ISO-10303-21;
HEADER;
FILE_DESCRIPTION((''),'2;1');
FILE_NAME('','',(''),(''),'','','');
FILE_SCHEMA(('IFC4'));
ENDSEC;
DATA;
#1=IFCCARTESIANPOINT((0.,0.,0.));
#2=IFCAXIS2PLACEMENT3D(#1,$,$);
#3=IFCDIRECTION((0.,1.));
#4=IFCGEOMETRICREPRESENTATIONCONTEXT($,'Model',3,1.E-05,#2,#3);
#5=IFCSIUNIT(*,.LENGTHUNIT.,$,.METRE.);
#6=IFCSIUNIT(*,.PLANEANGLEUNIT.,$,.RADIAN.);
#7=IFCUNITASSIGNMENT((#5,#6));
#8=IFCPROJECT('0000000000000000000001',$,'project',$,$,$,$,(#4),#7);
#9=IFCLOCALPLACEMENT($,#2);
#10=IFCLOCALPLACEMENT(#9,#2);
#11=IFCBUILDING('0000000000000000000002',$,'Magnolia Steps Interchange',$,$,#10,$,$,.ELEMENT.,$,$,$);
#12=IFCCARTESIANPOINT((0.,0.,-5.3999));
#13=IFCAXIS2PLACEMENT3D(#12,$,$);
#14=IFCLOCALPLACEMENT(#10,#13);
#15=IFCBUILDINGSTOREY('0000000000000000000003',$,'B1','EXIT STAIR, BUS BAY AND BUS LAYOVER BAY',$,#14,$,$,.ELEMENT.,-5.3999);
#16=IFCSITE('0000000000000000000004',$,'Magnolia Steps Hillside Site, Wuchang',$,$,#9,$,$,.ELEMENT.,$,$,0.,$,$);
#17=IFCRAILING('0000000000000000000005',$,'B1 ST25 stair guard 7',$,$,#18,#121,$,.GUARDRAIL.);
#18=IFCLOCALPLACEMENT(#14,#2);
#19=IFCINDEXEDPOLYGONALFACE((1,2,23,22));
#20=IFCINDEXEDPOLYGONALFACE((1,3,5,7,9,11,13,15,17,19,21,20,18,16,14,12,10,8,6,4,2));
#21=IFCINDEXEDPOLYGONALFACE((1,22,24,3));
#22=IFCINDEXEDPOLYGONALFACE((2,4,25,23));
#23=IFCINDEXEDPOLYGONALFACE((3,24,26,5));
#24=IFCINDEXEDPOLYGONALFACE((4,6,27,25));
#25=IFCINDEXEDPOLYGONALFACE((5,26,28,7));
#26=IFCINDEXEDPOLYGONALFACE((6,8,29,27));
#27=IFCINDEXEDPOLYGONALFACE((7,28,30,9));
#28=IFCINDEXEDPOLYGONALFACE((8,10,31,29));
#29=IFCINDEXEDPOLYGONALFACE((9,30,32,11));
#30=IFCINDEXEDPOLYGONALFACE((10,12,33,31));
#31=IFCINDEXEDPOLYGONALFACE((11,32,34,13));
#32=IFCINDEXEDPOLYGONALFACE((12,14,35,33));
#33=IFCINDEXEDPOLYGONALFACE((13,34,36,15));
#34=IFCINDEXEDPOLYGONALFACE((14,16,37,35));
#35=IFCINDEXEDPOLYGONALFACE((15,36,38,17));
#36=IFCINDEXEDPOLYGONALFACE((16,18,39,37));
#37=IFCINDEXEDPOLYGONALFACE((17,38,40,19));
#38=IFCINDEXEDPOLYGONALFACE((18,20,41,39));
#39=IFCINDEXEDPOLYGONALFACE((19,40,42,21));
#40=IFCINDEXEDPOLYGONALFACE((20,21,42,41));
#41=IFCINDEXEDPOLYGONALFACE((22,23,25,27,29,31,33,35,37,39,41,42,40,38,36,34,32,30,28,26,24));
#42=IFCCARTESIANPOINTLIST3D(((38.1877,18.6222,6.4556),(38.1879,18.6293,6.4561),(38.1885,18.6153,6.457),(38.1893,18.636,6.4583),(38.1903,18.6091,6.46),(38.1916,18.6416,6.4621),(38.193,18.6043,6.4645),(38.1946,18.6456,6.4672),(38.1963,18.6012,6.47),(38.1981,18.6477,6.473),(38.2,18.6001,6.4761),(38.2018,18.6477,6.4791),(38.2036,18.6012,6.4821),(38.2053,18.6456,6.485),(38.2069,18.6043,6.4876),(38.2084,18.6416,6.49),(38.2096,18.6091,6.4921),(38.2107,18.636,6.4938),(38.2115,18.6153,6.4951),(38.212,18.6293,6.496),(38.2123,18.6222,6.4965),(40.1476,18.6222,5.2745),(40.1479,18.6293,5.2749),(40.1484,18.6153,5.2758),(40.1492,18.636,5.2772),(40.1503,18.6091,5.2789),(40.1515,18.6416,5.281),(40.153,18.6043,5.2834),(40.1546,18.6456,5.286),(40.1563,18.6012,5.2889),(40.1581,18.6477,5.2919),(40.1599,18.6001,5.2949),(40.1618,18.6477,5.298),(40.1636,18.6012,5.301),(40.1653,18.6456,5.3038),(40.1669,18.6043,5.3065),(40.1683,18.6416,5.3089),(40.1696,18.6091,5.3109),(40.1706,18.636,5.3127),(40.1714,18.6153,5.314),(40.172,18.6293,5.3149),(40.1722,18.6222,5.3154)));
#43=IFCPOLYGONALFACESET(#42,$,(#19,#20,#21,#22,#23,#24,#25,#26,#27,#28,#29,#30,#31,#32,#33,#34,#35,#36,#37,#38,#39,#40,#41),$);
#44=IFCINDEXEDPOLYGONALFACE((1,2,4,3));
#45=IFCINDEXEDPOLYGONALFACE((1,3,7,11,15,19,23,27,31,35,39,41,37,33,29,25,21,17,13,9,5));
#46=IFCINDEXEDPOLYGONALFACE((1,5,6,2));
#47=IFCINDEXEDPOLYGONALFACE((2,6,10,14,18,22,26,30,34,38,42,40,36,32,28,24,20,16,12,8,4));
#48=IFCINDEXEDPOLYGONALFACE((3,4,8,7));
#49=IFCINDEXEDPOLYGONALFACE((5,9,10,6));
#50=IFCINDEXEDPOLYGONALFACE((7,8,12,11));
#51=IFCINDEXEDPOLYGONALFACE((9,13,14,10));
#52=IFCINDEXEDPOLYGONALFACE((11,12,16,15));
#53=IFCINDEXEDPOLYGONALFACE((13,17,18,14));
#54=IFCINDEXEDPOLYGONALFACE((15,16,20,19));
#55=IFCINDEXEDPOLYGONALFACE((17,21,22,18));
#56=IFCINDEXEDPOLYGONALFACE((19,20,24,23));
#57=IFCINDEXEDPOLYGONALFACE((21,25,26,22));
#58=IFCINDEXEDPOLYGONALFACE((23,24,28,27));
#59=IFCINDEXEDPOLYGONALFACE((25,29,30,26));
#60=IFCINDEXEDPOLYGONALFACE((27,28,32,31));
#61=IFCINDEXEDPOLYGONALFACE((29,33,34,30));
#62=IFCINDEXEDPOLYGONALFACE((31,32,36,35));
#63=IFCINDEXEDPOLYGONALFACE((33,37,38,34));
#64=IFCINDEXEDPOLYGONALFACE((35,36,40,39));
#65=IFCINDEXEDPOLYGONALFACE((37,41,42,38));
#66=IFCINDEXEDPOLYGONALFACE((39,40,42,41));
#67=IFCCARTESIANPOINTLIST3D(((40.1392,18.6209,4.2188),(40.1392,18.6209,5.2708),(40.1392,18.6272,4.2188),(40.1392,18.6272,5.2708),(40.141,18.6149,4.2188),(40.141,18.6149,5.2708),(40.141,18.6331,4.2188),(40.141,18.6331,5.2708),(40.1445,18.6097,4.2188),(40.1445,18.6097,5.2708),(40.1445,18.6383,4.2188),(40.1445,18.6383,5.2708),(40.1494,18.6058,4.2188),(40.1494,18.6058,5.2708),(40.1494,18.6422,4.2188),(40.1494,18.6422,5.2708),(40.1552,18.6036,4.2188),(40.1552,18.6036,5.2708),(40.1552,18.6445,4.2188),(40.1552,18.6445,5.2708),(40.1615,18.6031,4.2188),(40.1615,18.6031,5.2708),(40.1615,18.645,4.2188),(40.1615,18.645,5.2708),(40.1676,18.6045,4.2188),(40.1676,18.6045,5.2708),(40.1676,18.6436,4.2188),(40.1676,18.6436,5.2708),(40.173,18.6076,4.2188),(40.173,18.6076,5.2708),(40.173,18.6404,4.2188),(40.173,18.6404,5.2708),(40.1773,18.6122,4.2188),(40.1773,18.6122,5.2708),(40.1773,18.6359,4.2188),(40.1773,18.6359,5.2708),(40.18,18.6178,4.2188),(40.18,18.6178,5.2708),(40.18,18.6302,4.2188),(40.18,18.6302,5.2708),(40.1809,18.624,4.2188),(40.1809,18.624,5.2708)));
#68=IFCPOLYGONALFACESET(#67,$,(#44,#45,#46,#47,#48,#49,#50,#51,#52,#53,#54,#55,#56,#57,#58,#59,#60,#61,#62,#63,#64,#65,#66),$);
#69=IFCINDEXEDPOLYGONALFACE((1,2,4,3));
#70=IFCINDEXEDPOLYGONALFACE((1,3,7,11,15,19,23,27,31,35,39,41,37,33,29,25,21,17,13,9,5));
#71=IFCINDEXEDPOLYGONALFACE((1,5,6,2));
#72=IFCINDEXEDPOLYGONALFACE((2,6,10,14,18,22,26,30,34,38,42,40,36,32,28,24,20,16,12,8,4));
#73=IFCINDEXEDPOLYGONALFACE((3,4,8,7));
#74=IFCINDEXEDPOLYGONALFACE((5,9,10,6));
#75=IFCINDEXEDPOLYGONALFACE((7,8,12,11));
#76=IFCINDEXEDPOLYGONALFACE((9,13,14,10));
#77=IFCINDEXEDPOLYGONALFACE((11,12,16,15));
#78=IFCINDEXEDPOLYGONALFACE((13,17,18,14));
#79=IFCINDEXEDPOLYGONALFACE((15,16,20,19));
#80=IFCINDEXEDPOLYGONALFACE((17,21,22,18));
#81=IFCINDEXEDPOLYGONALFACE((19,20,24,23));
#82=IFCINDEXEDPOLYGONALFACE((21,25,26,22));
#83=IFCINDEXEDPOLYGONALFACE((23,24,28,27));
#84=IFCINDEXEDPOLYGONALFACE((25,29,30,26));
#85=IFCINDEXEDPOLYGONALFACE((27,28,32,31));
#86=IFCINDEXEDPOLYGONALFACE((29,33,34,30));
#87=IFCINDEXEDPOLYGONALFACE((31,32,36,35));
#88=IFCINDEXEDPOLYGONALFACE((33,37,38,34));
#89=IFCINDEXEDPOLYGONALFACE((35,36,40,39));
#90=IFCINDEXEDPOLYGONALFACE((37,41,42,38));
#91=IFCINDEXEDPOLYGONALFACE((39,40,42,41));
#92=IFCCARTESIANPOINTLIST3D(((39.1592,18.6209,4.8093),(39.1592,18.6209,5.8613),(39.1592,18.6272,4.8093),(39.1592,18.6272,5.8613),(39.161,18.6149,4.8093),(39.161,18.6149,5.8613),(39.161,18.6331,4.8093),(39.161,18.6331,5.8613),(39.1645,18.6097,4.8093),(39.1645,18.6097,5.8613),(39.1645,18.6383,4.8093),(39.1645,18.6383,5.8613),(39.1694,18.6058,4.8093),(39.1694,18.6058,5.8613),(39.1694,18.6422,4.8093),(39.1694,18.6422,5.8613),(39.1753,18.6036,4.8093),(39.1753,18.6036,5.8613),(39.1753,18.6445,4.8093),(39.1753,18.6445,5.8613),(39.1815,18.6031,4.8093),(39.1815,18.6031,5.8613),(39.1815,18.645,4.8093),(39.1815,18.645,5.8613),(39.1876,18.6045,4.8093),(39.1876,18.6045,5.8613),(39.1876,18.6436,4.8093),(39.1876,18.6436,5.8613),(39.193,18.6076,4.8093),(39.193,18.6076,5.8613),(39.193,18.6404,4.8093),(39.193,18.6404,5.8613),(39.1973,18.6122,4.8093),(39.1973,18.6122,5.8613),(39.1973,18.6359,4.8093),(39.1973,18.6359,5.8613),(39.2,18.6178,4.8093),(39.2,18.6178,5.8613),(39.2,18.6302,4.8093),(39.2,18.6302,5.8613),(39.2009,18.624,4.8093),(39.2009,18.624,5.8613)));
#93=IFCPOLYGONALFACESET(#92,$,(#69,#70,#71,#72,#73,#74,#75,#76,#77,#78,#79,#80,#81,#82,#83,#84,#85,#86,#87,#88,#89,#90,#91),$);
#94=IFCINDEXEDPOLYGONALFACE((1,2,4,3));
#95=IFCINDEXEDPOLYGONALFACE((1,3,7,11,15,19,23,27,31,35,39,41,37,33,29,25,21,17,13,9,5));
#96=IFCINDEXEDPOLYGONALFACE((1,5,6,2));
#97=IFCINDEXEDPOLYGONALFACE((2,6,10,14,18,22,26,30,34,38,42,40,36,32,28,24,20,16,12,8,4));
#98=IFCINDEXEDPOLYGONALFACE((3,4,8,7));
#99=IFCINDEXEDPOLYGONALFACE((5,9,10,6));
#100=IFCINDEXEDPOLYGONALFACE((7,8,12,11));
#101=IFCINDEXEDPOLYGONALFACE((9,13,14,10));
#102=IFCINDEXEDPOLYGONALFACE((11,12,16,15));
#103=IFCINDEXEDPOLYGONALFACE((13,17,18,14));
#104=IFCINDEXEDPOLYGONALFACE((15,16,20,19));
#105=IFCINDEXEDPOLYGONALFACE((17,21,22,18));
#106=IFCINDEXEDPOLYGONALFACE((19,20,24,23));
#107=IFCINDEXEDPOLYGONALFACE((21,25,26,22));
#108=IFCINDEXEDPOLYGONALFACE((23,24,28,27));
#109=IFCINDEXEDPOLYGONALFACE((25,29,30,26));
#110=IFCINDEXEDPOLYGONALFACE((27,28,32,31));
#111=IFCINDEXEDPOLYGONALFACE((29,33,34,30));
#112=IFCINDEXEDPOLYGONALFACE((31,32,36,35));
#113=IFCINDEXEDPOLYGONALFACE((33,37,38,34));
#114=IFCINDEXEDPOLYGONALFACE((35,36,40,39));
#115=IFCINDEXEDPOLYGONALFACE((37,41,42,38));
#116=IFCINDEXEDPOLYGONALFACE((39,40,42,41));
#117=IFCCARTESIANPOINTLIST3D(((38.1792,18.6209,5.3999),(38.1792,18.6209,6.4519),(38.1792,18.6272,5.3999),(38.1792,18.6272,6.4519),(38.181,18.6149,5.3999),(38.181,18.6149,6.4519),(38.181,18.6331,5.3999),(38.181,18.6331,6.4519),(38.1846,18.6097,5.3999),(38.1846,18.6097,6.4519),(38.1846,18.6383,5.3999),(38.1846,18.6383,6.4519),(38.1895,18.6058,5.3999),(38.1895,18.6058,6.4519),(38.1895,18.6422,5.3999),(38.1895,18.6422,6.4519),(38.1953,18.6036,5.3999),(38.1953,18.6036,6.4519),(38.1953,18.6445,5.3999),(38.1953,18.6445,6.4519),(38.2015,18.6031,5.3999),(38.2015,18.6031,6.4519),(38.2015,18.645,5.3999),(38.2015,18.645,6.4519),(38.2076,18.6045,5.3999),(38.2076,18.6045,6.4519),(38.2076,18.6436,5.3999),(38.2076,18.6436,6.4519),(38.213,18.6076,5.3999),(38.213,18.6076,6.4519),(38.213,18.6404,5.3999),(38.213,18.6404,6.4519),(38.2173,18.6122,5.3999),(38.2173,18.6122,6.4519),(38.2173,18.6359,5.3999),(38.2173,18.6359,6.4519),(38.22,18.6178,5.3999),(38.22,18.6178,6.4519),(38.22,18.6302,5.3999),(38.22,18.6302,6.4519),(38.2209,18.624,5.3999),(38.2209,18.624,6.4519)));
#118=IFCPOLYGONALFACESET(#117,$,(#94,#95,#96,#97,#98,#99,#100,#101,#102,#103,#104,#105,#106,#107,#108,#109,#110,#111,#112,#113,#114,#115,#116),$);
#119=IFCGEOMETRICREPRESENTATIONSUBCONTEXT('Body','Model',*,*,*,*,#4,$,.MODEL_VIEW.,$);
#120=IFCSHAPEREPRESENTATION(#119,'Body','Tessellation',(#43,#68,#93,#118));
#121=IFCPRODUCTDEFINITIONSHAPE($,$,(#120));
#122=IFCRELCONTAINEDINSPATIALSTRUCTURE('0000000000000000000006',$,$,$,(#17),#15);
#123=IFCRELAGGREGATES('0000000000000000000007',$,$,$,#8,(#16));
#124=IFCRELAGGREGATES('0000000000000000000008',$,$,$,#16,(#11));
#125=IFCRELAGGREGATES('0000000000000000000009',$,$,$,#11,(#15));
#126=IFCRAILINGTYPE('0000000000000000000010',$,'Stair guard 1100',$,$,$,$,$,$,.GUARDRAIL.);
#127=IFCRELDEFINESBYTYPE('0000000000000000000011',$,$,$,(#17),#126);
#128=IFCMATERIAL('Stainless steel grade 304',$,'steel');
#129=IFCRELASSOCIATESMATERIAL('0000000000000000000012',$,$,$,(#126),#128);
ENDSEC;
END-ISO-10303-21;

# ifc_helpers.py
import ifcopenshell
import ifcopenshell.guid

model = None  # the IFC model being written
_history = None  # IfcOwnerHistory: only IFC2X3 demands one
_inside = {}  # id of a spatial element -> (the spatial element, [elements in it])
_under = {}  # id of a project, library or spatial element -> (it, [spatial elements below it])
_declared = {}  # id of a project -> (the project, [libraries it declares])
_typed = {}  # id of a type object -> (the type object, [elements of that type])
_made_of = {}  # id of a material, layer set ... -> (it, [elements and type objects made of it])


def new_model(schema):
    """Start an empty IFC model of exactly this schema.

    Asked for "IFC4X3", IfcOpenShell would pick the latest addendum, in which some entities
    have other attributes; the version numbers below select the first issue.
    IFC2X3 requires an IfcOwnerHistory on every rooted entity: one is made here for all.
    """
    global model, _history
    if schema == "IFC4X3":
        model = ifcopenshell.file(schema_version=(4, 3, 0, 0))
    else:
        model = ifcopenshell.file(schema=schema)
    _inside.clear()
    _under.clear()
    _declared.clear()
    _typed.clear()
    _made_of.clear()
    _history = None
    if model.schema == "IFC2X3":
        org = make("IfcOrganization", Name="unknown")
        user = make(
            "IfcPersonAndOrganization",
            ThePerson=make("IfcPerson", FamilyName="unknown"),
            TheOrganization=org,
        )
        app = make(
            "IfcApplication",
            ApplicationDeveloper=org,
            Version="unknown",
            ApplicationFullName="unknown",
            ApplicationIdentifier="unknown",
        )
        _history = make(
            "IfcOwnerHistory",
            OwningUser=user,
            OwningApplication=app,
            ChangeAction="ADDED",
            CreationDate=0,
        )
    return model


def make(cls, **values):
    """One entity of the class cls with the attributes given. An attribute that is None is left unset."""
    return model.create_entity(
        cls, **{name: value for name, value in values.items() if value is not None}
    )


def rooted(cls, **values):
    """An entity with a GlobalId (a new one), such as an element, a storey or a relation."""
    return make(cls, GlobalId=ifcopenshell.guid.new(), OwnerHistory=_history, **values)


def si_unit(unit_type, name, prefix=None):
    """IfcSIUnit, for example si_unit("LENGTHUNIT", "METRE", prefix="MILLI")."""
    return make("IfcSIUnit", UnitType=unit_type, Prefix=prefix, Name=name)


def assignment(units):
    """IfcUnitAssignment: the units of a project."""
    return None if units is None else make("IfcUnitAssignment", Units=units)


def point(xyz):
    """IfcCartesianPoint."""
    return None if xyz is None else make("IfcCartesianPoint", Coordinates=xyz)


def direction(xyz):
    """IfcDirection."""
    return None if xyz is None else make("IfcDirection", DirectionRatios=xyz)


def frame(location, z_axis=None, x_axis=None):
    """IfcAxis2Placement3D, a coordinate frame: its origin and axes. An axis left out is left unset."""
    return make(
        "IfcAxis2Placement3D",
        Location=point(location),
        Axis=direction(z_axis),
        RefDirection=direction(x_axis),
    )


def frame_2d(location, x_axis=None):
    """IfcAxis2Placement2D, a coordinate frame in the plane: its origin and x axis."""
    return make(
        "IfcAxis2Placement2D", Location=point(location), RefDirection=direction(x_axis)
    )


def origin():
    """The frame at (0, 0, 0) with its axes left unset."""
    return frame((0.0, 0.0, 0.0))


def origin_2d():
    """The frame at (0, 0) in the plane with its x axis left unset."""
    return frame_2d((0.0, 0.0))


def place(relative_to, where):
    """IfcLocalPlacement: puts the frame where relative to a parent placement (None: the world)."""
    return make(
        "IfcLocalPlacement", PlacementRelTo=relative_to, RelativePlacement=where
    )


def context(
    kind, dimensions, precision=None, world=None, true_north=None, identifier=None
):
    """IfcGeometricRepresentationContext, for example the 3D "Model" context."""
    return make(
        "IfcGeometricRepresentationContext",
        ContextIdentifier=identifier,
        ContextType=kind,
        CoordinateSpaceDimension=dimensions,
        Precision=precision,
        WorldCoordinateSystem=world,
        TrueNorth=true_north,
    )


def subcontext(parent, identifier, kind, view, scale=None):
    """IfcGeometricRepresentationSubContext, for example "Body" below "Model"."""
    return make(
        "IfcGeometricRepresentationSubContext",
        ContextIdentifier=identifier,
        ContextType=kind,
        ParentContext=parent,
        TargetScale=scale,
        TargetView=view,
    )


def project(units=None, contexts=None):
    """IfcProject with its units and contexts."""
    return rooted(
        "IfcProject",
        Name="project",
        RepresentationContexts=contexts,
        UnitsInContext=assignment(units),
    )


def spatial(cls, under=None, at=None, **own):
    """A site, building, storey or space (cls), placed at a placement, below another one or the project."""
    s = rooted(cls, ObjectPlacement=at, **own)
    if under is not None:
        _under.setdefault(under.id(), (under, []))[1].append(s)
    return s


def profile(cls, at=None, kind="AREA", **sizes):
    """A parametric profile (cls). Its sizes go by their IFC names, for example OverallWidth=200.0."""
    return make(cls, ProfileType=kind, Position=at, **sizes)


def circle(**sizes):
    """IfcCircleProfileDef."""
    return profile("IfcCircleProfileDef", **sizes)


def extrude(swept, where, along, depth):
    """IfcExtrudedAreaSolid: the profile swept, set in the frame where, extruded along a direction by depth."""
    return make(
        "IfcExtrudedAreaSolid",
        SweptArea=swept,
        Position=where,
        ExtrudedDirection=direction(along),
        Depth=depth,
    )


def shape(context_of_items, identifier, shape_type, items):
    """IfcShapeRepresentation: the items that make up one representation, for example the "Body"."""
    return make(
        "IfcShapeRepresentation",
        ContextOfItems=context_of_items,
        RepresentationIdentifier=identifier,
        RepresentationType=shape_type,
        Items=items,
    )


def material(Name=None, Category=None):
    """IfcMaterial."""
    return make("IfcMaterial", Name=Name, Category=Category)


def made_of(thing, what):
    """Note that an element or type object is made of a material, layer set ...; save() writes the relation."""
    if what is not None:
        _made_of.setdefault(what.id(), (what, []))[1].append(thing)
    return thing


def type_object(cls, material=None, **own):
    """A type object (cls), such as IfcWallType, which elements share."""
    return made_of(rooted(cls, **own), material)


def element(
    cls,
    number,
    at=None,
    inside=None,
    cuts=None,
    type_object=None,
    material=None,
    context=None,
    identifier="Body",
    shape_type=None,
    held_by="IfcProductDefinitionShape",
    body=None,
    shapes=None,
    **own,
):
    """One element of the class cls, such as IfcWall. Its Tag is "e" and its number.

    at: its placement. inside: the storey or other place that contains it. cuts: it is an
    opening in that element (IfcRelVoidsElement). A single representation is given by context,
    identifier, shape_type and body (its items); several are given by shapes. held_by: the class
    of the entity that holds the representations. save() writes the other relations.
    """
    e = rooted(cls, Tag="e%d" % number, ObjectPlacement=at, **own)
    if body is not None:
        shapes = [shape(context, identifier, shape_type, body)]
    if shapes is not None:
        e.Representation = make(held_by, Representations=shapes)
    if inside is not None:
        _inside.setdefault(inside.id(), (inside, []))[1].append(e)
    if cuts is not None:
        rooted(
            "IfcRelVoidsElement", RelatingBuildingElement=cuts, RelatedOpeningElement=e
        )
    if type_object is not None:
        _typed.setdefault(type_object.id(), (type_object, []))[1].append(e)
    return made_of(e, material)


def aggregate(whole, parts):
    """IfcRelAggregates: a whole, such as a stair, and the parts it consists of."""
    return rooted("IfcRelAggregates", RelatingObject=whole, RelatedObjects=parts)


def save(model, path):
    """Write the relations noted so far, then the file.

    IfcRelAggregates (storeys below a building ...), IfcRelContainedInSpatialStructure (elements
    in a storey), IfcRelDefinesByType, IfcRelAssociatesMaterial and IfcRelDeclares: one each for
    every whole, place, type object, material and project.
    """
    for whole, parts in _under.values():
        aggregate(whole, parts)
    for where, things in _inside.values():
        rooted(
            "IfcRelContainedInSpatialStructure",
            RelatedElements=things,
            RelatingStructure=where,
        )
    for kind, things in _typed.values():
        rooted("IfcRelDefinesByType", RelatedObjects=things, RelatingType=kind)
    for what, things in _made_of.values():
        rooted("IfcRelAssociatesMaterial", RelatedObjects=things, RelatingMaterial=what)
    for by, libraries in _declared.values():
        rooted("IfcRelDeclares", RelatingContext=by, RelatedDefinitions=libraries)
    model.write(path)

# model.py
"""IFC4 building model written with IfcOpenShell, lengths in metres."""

from ifc_helpers import new_model, si_unit, direction, frame, origin, origin_2d, place, context, subcontext, project, spatial, circle, extrude, material, type_object, element, save


model = new_model("IFC4")

# Units and contexts
model_context = context("Model", 3, precision=1e-05, world=origin(), true_north=direction((0.0, 1.0)))
body_context = subcontext(model_context, "Body", "Model", "MODEL_VIEW")
ifc_project = project(units=[si_unit("LENGTHUNIT", "METRE"), si_unit("PLANEANGLEUNIT", "RADIAN")], contexts=[model_context])

# Site, building, storey
site_placement = place(None, origin())
site = spatial("IfcSite", under=ifc_project, at=site_placement, Name="Magnolia Steps Hillside Site, Wuchang", CompositionType="ELEMENT", RefElevation=0.0)
building_placement = place(site_placement, origin())
building = spatial("IfcBuilding", under=site, at=building_placement, Name="Magnolia Steps Interchange", CompositionType="ELEMENT")
storey_placement = place(building_placement, frame((0.0, 0.0, -5.3999)))
storey = spatial("IfcBuildingStorey", under=building, at=storey_placement, Name="B1", Description="EXIT STAIR, BUS BAY AND BUS LAYOVER BAY", CompositionType="ELEMENT", Elevation=-5.3999)

# Railing
ifc_material_1 = material(Name="Stainless steel grade 304", Category="steel")
railing_type_1 = type_object("IfcRailingType", Name="Stair guard 1100", PredefinedType="GUARDRAIL", material=ifc_material_1)
railing_1_placement = place(storey_placement, frame((40.1599, 18.624, 4.2188)))
element("IfcRailing", 1, at=railing_1_placement, inside=storey, type_object=railing_type_1, Name="B1 ST25 stair guard 7", PredefinedType="GUARDRAIL", context=body_context, shape_type="SweptSolid", body=[
    extrude(circle(Radius=0.0239, at=origin_2d()), frame((0.0, 0.0, 1.0762), z_axis=(-0.856493, 0.0, 0.516158), x_axis=(0.0, -1.0, 0.0)), (0.0, 0.0, 1.0), 2.2883),
    extrude(circle(Radius=0.021, at=origin_2d()), origin(), (0.0, 0.0, 1.0), 1.052),
    extrude(circle(Radius=0.021, at=origin_2d()), frame((-0.98, 0.0, 0.5906)), (0.0, 0.0, 1.0), 1.052),
    extrude(circle(Radius=0.021, at=origin_2d()), frame((-1.96, 0.0, 1.1812)), (0.0, 0.0, 1.0), 1.052),
])

save(model, "model.ifc")
